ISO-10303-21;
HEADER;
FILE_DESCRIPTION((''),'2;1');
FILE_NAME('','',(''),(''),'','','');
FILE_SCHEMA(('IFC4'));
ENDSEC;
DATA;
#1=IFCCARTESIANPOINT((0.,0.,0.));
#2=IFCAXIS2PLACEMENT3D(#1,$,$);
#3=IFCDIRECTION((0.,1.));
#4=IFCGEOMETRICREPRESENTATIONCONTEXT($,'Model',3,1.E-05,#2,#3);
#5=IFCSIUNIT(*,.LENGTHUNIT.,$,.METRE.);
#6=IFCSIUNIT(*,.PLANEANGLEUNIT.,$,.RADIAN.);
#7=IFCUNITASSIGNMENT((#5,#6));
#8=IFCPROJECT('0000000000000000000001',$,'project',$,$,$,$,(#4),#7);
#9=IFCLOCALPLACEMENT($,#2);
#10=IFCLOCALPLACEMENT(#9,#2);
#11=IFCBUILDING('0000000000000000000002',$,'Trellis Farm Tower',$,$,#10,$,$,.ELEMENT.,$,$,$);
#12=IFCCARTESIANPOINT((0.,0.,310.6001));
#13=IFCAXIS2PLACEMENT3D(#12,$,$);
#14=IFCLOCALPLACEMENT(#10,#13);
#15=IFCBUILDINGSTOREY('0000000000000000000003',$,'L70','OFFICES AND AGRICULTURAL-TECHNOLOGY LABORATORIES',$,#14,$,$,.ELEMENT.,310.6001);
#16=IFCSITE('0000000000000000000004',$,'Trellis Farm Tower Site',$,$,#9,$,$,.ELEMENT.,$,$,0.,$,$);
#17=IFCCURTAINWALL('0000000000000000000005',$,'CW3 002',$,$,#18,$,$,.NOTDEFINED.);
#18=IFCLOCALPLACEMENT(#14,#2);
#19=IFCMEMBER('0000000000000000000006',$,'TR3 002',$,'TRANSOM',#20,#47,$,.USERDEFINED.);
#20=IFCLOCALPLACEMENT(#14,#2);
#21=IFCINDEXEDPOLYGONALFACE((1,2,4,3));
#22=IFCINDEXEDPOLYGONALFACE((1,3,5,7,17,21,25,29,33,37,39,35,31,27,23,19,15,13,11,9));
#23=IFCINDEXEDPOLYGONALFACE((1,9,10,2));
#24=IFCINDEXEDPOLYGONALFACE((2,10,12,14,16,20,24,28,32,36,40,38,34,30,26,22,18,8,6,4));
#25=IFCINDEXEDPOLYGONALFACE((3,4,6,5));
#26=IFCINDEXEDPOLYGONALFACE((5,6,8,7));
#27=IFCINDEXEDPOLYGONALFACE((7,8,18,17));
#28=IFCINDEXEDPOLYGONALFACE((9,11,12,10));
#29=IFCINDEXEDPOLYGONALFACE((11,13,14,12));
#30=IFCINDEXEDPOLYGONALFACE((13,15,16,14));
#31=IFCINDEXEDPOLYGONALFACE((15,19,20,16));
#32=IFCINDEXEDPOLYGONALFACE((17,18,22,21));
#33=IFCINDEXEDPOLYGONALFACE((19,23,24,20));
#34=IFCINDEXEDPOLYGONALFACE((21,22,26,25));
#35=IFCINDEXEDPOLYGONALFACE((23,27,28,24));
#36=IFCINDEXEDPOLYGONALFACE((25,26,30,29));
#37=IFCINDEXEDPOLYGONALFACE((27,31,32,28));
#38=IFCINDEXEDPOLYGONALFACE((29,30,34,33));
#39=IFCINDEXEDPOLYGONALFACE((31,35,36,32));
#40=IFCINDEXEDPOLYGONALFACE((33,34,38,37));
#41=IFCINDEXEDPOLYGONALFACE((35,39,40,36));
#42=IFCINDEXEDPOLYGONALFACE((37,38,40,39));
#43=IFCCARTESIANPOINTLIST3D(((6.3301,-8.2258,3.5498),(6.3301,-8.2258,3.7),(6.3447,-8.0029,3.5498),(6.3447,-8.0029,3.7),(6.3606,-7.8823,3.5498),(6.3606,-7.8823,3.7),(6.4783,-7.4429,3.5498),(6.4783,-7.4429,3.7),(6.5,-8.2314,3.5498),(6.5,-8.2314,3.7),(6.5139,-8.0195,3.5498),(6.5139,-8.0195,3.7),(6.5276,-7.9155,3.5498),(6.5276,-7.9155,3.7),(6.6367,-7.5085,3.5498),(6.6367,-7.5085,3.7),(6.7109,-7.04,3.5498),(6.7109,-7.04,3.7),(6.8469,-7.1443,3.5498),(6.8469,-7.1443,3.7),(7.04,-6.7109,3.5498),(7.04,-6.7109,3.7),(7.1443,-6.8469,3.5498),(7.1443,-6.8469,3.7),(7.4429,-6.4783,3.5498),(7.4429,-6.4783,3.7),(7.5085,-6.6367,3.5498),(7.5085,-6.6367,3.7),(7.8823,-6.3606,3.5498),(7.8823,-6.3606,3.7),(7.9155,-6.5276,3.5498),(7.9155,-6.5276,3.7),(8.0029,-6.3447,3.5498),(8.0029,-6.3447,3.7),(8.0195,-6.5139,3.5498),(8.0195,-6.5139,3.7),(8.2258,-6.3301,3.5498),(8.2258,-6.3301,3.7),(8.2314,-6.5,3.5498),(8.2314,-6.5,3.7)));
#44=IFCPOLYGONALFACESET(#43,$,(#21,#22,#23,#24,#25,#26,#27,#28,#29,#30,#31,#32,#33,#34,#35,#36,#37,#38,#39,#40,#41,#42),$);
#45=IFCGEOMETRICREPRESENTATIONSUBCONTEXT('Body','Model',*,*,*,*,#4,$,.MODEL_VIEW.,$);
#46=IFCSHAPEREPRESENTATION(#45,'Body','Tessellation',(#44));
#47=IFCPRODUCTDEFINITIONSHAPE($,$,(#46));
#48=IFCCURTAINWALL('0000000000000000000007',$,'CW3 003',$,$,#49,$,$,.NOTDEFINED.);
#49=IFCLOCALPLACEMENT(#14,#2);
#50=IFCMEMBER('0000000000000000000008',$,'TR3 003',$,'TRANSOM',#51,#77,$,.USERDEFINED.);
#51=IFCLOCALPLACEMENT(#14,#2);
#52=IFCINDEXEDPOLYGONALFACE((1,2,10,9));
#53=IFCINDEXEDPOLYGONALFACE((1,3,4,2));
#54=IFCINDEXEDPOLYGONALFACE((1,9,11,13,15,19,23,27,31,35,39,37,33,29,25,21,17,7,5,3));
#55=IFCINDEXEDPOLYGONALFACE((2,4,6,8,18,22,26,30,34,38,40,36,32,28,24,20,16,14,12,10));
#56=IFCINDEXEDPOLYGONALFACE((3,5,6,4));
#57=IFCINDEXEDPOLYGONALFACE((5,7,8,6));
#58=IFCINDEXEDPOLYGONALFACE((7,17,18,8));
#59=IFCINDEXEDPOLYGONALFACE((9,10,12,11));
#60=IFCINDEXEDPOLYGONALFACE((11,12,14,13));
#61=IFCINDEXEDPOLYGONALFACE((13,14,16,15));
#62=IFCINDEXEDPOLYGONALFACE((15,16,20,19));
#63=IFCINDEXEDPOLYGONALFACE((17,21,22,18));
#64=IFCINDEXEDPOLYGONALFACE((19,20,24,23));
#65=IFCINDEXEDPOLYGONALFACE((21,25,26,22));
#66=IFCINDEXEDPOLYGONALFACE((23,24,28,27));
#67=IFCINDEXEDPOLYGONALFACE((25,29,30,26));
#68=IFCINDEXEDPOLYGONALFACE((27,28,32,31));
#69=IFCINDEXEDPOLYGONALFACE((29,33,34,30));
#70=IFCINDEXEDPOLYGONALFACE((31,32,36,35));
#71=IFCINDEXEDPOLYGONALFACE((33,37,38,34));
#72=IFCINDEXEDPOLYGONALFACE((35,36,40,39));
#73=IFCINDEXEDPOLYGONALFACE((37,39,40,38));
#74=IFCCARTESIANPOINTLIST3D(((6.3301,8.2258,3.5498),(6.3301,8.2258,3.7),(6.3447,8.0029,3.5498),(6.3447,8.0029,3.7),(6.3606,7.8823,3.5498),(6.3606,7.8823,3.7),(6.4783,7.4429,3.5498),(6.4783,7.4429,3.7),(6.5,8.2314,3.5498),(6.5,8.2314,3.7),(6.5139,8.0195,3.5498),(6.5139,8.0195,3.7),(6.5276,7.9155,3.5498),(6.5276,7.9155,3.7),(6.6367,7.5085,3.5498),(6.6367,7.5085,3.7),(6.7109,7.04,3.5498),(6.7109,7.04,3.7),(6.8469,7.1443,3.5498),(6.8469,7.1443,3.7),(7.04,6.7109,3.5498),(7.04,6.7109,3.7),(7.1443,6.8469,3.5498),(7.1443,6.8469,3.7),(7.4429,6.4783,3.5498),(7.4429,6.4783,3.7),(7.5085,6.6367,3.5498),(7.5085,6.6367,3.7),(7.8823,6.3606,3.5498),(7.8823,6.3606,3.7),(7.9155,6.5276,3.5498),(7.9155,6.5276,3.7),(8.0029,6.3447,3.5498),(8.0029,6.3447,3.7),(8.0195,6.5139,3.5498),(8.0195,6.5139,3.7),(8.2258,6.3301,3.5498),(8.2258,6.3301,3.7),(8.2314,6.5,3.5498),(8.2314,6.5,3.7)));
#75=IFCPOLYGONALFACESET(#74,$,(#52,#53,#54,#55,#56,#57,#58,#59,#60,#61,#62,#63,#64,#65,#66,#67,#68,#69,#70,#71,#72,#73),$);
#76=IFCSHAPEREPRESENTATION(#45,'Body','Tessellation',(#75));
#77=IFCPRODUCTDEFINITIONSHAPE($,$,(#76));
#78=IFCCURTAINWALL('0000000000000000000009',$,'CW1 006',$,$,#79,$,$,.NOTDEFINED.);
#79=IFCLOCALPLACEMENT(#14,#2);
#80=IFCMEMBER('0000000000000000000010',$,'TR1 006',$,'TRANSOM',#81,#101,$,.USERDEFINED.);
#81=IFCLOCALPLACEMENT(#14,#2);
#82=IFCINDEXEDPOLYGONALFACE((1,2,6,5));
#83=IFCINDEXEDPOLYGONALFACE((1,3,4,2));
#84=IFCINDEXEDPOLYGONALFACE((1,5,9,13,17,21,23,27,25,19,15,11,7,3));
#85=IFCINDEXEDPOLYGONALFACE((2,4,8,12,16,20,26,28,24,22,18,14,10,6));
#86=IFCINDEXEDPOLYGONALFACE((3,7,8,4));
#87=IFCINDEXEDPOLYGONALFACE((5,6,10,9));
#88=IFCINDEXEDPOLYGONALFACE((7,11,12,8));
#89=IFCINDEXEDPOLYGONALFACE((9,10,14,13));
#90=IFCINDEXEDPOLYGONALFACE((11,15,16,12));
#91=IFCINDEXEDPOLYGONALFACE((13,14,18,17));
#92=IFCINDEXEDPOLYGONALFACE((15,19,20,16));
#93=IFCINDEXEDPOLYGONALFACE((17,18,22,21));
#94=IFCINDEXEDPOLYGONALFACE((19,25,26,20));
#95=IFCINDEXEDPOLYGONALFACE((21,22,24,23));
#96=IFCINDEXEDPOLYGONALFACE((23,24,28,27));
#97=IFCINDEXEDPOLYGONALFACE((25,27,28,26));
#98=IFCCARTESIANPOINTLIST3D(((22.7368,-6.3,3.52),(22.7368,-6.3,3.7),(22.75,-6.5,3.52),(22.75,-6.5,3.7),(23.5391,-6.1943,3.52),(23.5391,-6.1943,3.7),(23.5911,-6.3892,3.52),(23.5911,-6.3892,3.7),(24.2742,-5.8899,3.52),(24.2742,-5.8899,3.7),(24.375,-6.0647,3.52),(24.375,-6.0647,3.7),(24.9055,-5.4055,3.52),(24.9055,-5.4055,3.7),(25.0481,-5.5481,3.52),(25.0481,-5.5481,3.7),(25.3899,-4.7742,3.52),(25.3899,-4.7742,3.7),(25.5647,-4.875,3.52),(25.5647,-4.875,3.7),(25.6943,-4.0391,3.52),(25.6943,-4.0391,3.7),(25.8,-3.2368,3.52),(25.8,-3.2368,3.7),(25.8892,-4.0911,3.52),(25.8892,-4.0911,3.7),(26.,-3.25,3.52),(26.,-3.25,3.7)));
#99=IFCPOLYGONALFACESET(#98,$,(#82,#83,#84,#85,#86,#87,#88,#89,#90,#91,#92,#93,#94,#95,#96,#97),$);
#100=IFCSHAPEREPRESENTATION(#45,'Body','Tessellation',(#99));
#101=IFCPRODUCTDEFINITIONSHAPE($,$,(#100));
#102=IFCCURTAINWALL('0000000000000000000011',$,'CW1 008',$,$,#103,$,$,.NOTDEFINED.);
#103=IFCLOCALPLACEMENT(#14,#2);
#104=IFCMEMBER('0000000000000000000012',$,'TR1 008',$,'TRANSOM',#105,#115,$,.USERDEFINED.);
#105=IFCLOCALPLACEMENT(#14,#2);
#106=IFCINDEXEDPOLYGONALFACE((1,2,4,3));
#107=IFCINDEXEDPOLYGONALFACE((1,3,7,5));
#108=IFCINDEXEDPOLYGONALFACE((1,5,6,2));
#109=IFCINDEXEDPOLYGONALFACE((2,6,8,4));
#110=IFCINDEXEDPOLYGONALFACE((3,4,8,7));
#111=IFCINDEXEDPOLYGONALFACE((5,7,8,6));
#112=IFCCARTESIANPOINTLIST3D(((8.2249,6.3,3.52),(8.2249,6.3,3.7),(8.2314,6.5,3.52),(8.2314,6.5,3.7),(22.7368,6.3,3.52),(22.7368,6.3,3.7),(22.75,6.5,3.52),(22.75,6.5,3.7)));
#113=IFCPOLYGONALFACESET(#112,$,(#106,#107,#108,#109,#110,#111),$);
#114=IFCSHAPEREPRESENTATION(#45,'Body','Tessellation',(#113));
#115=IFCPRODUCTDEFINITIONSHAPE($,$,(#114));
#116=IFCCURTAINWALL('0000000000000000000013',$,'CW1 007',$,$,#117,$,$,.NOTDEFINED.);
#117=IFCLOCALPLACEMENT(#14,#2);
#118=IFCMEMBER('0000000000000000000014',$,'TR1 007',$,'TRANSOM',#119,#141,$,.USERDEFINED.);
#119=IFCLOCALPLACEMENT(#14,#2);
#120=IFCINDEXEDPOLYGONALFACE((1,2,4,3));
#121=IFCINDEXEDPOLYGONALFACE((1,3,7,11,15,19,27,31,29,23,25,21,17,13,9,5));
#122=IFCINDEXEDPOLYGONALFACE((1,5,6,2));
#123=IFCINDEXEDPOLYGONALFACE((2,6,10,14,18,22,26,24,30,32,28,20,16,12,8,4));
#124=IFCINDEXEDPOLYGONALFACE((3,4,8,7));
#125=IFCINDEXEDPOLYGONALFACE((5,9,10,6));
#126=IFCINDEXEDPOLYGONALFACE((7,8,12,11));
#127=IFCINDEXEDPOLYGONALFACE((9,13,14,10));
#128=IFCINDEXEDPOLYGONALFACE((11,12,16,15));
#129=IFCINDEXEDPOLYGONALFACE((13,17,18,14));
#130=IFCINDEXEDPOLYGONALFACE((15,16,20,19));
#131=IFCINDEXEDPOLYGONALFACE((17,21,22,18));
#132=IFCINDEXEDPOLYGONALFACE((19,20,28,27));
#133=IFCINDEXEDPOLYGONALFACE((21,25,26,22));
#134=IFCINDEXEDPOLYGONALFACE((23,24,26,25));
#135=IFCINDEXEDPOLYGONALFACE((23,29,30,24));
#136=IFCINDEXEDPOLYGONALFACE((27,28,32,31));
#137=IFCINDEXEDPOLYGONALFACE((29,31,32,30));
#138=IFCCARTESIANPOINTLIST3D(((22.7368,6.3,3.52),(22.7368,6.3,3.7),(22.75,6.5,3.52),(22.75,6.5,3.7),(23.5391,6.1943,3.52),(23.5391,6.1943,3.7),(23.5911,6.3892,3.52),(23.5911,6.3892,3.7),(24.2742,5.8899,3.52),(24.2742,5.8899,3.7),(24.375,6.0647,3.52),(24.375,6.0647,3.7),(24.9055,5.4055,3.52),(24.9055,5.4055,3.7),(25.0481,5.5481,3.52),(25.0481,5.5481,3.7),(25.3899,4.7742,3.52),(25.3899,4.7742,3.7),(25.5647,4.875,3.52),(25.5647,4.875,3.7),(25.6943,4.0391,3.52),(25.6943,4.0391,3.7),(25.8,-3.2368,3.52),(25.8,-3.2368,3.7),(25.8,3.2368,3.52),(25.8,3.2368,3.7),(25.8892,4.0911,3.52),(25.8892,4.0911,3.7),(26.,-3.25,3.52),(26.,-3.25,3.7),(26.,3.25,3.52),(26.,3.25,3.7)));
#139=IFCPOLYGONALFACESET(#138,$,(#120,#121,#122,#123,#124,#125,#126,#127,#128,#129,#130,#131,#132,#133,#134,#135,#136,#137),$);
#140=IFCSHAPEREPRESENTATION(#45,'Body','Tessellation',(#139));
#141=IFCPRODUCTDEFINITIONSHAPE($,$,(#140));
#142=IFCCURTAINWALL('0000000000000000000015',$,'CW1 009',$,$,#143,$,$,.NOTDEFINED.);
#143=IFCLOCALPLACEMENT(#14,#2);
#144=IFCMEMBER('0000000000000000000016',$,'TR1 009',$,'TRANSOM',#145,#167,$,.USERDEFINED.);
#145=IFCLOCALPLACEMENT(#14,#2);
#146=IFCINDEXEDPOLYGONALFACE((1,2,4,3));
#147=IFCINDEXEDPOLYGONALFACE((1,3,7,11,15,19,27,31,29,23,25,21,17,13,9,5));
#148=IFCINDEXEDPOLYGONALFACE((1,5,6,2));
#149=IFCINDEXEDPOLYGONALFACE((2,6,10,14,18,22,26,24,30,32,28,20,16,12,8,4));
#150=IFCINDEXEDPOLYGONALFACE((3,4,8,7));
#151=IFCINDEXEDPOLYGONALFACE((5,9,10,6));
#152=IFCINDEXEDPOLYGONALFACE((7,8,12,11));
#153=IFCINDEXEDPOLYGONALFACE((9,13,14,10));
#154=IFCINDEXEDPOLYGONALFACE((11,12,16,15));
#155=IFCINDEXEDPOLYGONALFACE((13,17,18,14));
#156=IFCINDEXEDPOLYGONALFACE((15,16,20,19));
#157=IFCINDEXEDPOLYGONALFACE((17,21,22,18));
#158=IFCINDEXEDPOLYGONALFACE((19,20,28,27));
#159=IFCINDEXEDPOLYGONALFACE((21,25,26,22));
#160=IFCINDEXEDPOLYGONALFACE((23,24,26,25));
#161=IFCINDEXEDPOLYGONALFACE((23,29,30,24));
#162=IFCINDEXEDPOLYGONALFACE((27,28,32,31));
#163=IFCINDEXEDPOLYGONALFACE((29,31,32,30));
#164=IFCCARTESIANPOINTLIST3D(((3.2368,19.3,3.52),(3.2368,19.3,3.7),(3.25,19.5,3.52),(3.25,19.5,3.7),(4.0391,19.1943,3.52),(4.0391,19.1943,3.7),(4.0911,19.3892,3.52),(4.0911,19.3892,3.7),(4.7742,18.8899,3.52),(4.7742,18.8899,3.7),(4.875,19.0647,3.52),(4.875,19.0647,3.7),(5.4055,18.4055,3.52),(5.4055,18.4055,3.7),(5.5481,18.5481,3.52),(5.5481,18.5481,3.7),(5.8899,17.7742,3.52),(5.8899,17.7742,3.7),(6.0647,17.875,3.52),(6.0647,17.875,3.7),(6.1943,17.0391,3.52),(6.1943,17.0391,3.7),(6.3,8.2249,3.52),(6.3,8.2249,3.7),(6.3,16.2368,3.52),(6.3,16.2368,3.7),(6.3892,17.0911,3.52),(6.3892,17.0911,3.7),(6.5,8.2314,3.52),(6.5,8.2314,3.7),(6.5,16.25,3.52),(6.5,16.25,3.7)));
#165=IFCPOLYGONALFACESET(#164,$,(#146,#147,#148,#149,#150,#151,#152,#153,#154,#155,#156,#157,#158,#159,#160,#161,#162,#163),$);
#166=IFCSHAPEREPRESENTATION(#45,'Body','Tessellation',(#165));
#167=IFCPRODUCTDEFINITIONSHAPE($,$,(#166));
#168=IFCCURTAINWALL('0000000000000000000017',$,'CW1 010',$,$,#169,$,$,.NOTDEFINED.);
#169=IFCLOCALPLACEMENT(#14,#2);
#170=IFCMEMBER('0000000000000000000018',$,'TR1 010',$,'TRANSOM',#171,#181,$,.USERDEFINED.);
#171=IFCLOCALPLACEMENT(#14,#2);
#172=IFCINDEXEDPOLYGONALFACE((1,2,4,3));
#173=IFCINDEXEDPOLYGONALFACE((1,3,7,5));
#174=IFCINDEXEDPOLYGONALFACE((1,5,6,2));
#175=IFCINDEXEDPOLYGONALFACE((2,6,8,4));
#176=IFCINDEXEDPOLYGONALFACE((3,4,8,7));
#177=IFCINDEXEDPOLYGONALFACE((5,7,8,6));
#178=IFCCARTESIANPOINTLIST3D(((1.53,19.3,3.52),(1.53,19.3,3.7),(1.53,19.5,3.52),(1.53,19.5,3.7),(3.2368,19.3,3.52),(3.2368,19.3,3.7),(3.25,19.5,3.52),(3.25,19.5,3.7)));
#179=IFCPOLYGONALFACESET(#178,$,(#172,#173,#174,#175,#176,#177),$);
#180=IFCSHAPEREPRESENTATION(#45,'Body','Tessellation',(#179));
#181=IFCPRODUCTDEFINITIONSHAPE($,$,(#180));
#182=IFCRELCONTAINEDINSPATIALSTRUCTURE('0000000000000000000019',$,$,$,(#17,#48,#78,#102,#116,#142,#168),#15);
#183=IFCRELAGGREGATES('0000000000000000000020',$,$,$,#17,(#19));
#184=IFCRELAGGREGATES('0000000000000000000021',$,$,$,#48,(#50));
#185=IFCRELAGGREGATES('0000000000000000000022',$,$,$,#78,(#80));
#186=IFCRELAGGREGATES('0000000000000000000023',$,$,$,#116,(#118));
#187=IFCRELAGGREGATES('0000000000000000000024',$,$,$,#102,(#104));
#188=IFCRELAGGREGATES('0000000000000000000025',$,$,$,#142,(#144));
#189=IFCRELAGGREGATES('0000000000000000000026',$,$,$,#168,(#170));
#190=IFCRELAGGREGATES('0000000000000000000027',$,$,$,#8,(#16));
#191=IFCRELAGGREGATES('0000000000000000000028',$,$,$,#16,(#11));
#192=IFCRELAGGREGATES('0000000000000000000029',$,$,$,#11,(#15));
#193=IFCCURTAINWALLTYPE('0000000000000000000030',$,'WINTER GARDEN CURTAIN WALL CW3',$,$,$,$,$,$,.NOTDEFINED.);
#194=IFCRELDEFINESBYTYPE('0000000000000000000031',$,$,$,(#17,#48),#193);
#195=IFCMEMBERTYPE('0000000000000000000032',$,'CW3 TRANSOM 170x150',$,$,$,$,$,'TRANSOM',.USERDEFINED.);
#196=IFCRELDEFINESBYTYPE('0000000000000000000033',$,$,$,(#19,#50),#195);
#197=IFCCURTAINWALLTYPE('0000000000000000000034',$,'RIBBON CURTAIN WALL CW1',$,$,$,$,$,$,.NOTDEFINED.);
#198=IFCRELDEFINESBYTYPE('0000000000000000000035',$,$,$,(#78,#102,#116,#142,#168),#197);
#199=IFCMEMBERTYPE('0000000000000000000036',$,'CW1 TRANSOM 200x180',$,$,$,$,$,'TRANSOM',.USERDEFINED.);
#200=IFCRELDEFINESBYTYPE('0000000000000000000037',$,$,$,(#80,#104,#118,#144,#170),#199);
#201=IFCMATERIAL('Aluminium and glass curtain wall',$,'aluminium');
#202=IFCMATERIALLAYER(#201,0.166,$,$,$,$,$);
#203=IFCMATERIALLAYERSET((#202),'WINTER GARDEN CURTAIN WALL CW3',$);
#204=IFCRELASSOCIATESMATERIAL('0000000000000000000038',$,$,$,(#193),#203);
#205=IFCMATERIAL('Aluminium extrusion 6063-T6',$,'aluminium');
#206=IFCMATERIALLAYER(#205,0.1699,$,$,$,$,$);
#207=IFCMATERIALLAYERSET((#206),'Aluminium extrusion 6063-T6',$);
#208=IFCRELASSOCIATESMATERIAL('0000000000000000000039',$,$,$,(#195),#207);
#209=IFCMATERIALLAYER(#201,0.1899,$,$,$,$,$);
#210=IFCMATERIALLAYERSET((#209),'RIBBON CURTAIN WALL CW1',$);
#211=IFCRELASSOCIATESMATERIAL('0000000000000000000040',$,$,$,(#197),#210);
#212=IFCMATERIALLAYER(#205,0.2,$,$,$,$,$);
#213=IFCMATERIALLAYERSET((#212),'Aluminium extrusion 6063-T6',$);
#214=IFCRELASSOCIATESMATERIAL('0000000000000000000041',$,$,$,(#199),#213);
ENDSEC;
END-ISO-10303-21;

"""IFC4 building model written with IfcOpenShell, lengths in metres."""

from ifc_helpers import new_model, si_unit, direction, frame, origin, place, context, subcontext, project, spatial, polyline, outline, extrude, source, transform, mapped, material, layer, layer_set, type_object, element, aggregate, save


model = new_model("IFC4")

# Units and contexts
model_context = context("Model", 3, precision=1e-05, world=origin(), true_north=direction((0.0, 1.0)))
body_context = subcontext(model_context, "Body", "Model", "MODEL_VIEW")
ifc_project = project(units=[si_unit("LENGTHUNIT", "METRE"), si_unit("PLANEANGLEUNIT", "RADIAN")], contexts=[model_context])

# Site, building, storey
site_placement = place(None, origin())
site = spatial("IfcSite", under=ifc_project, at=site_placement, Name="Trellis Farm Tower Site", CompositionType="ELEMENT", RefElevation=0.0)
building_placement = place(site_placement, origin())
building = spatial("IfcBuilding", under=site, at=building_placement, Name="Trellis Farm Tower", CompositionType="ELEMENT")
storey_placement = place(building_placement, frame((0.0, 0.0, 310.6001)))
storey = spatial("IfcBuildingStorey", under=building, at=storey_placement, Name="L70", Description="OFFICES AND AGRICULTURAL-TECHNOLOGY LABORATORIES", CompositionType="ELEMENT", Elevation=310.6001)

# Curtain walls, members
ifc_material_1 = material(Name="Aluminium and glass curtain wall", Category="aluminium")
ifc_layer_1 = layer(ifc_material_1, 0.166)
ifc_layer_set_1 = layer_set([ifc_layer_1], Name="WINTER GARDEN CURTAIN WALL CW3")
curtain_wall_type_1 = type_object("IfcCurtainWallType", Name="WINTER GARDEN CURTAIN WALL CW3", PredefinedType="NOTDEFINED", material=ifc_layer_set_1)
placement_1 = place(storey_placement, origin())
curtain_wall_1 = element("IfcCurtainWall", 1, at=placement_1, inside=storey, type_object=curtain_wall_type_1, Name="CW3 002", PredefinedType="NOTDEFINED")
ifc_material_2 = material(Name="Aluminium extrusion 6063-T6", Category="aluminium")
ifc_layer_2 = layer(ifc_material_2, 0.1699)
ifc_layer_set_2 = layer_set([ifc_layer_2], Name="Aluminium extrusion 6063-T6")
member_type_1 = type_object("IfcMemberType", Name="CW3 TRANSOM 170x150", ElementType="TRANSOM", PredefinedType="USERDEFINED", material=ifc_layer_set_2)
shared_shape_1 = source(origin(), body_context, "Body", "SweptSolid", [
    extrude(outline(polyline([(6.5, -8.2314), (6.5139, -8.0195), (6.5276, -7.9155), (6.6367, -7.5085), (6.8469, -7.1443), (7.1443, -6.8469), (7.5085, -6.6367), (7.9155, -6.5276), (8.0195, -6.5139), (8.2314, -6.5), (8.2258, -6.3301), (8.0029, -6.3447), (7.8823, -6.3606), (7.4429, -6.4783), (7.04, -6.7109), (6.7109, -7.04), (6.4783, -7.4429), (6.3606, -7.8823), (6.3447, -8.0029), (6.3301, -8.2258), (6.5, -8.2314)])), origin(), (0.0, 0.0, 1.0), 0.1501),
])
placement_2 = place(storey_placement, frame((0.0, 0.0, 3.5498)))
member_1 = element("IfcMember", 2, at=placement_2, type_object=member_type_1, Name="TR3 002", ObjectType="TRANSOM", PredefinedType="USERDEFINED", context=body_context, shape_type="MappedRepresentation", body=[
    mapped(shared_shape_1, transform((0.0, 0.0, 0.0))),
])
aggregate(curtain_wall_1, [member_1])
curtain_wall_2 = element("IfcCurtainWall", 3, at=placement_1, inside=storey, type_object=curtain_wall_type_1, Name="CW3 003", PredefinedType="NOTDEFINED")
shared_shape_2 = source(origin(), body_context, "Body", "SweptSolid", [
    extrude(outline(polyline([(8.2314, 6.5), (8.0195, 6.5139), (7.9155, 6.5276), (7.5085, 6.6367), (7.1443, 6.8469), (6.8469, 7.1443), (6.6367, 7.5085), (6.5276, 7.9155), (6.5139, 8.0195), (6.5, 8.2314), (6.3301, 8.2258), (6.3447, 8.0029), (6.3606, 7.8823), (6.4783, 7.4429), (6.7109, 7.04), (7.04, 6.7109), (7.4429, 6.4783), (7.8823, 6.3606), (8.0029, 6.3447), (8.2258, 6.3301), (8.2314, 6.5)])), origin(), (0.0, 0.0, 1.0), 0.1501),
])
member_2 = element("IfcMember", 4, at=placement_2, type_object=member_type_1, Name="TR3 003", ObjectType="TRANSOM", PredefinedType="USERDEFINED", context=body_context, shape_type="MappedRepresentation", body=[
    mapped(shared_shape_2, transform((0.0, 0.0, 0.0))),
])
ifc_layer_3 = layer(ifc_material_1, 0.1899)
ifc_layer_set_3 = layer_set([ifc_layer_3], Name="RIBBON CURTAIN WALL CW1")
curtain_wall_type_2 = type_object("IfcCurtainWallType", Name="RIBBON CURTAIN WALL CW1", PredefinedType="NOTDEFINED", material=ifc_layer_set_3)
curtain_wall_3 = element("IfcCurtainWall", 5, at=placement_1, inside=storey, type_object=curtain_wall_type_2, Name="CW1 006", PredefinedType="NOTDEFINED")
ifc_layer_4 = layer(ifc_material_2, 0.2)
ifc_layer_set_4 = layer_set([ifc_layer_4], Name="Aluminium extrusion 6063-T6")
member_type_2 = type_object("IfcMemberType", Name="CW1 TRANSOM 200x180", ElementType="TRANSOM", PredefinedType="USERDEFINED", material=ifc_layer_set_4)
shared_shape_3 = source(origin(), body_context, "Body", "SweptSolid", [
    extrude(outline(polyline([(22.75, -6.5), (23.5911, -6.3892), (24.375, -6.0647), (25.0481, -5.5481), (25.5647, -4.875), (25.8892, -4.0911), (26.0, -3.25), (25.8, -3.2368), (25.6943, -4.0391), (25.3899, -4.7742), (24.9055, -5.4055), (24.2742, -5.8899), (23.5391, -6.1943), (22.7368, -6.3), (22.75, -6.5)])), origin(), (0.0, 0.0, 1.0), 0.1799),
])
placement_3 = place(storey_placement, frame((0.0, 0.0, 3.52)))
member_3 = element("IfcMember", 6, at=placement_3, type_object=member_type_2, Name="TR1 006", ObjectType="TRANSOM", PredefinedType="USERDEFINED", context=body_context, shape_type="MappedRepresentation", body=[
    mapped(shared_shape_3, transform((0.0, 0.0, 0.0))),
])
curtain_wall_4 = element("IfcCurtainWall", 7, at=placement_1, inside=storey, type_object=curtain_wall_type_2, Name="CW1 008", PredefinedType="NOTDEFINED")
shared_shape_4 = source(origin(), body_context, "Body", "SweptSolid", [
    extrude(outline(polyline([(22.75, 6.5), (8.2314, 6.5), (8.2249, 6.3), (22.7368, 6.3), (22.75, 6.5)])), origin(), (0.0, 0.0, 1.0), 0.1799),
])
member_4 = element("IfcMember", 8, at=placement_3, type_object=member_type_2, Name="TR1 008", ObjectType="TRANSOM", PredefinedType="USERDEFINED", context=body_context, shape_type="MappedRepresentation", body=[
    mapped(shared_shape_4, transform((0.0, 0.0, 0.0))),
])
curtain_wall_5 = element("IfcCurtainWall", 9, at=placement_1, inside=storey, type_object=curtain_wall_type_2, Name="CW1 007", PredefinedType="NOTDEFINED")
shared_shape_5 = source(origin(), body_context, "Body", "SweptSolid", [
    extrude(outline(polyline([(26.0, -3.25), (26.0, 3.25), (25.8892, 4.0911), (25.5647, 4.875), (25.0481, 5.5481), (24.375, 6.0647), (23.5911, 6.3892), (22.75, 6.5), (22.7368, 6.3), (23.5391, 6.1943), (24.2742, 5.8899), (24.9055, 5.4055), (25.3899, 4.7742), (25.6943, 4.0391), (25.8, 3.2368), (25.8, -3.2368), (26.0, -3.25)])), origin(), (0.0, 0.0, 1.0), 0.1799),
])
member_5 = element("IfcMember", 10, at=placement_3, type_object=member_type_2, Name="TR1 007", ObjectType="TRANSOM", PredefinedType="USERDEFINED", context=body_context, shape_type="MappedRepresentation", body=[
    mapped(shared_shape_5, transform((0.0, 0.0, 0.0))),
])
curtain_wall_6 = element("IfcCurtainWall", 11, at=placement_1, inside=storey, type_object=curtain_wall_type_2, Name="CW1 009", PredefinedType="NOTDEFINED")
shared_shape_6 = source(origin(), body_context, "Body", "SweptSolid", [
    extrude(outline(polyline([(6.5, 8.2314), (6.5, 16.25), (6.3892, 17.0911), (6.0647, 17.875), (5.5481, 18.5481), (4.875, 19.0647), (4.0911, 19.3892), (3.25, 19.5), (3.2368, 19.3), (4.0391, 19.1943), (4.7742, 18.8899), (5.4055, 18.4055), (5.8899, 17.7742), (6.1943, 17.0391), (6.3, 16.2368), (6.3, 8.2249), (6.5, 8.2314)])), origin(), (0.0, 0.0, 1.0), 0.1799),
])
member_6 = element("IfcMember", 12, at=placement_3, type_object=member_type_2, Name="TR1 009", ObjectType="TRANSOM", PredefinedType="USERDEFINED", context=body_context, shape_type="MappedRepresentation", body=[
    mapped(shared_shape_6, transform((0.0, 0.0, 0.0))),
])
curtain_wall_7 = element("IfcCurtainWall", 13, at=placement_1, inside=storey, type_object=curtain_wall_type_2, Name="CW1 010", PredefinedType="NOTDEFINED")
shared_shape_7 = source(origin(), body_context, "Body", "SweptSolid", [
    extrude(outline(polyline([(3.25, 19.5), (1.53, 19.5), (1.53, 19.3), (3.2368, 19.3), (3.25, 19.5)])), origin(), (0.0, 0.0, 1.0), 0.1799),
])
member_7 = element("IfcMember", 14, at=placement_3, type_object=member_type_2, Name="TR1 010", ObjectType="TRANSOM", PredefinedType="USERDEFINED", context=body_context, shape_type="MappedRepresentation", body=[
    mapped(shared_shape_7, transform((0.0, 0.0, 0.0))),
])

aggregate(curtain_wall_2, [member_2])
aggregate(curtain_wall_3, [member_3])
aggregate(curtain_wall_5, [member_5])
aggregate(curtain_wall_4, [member_4])
aggregate(curtain_wall_6, [member_6])
aggregate(curtain_wall_7, [member_7])

save(model, "model.ifc")
